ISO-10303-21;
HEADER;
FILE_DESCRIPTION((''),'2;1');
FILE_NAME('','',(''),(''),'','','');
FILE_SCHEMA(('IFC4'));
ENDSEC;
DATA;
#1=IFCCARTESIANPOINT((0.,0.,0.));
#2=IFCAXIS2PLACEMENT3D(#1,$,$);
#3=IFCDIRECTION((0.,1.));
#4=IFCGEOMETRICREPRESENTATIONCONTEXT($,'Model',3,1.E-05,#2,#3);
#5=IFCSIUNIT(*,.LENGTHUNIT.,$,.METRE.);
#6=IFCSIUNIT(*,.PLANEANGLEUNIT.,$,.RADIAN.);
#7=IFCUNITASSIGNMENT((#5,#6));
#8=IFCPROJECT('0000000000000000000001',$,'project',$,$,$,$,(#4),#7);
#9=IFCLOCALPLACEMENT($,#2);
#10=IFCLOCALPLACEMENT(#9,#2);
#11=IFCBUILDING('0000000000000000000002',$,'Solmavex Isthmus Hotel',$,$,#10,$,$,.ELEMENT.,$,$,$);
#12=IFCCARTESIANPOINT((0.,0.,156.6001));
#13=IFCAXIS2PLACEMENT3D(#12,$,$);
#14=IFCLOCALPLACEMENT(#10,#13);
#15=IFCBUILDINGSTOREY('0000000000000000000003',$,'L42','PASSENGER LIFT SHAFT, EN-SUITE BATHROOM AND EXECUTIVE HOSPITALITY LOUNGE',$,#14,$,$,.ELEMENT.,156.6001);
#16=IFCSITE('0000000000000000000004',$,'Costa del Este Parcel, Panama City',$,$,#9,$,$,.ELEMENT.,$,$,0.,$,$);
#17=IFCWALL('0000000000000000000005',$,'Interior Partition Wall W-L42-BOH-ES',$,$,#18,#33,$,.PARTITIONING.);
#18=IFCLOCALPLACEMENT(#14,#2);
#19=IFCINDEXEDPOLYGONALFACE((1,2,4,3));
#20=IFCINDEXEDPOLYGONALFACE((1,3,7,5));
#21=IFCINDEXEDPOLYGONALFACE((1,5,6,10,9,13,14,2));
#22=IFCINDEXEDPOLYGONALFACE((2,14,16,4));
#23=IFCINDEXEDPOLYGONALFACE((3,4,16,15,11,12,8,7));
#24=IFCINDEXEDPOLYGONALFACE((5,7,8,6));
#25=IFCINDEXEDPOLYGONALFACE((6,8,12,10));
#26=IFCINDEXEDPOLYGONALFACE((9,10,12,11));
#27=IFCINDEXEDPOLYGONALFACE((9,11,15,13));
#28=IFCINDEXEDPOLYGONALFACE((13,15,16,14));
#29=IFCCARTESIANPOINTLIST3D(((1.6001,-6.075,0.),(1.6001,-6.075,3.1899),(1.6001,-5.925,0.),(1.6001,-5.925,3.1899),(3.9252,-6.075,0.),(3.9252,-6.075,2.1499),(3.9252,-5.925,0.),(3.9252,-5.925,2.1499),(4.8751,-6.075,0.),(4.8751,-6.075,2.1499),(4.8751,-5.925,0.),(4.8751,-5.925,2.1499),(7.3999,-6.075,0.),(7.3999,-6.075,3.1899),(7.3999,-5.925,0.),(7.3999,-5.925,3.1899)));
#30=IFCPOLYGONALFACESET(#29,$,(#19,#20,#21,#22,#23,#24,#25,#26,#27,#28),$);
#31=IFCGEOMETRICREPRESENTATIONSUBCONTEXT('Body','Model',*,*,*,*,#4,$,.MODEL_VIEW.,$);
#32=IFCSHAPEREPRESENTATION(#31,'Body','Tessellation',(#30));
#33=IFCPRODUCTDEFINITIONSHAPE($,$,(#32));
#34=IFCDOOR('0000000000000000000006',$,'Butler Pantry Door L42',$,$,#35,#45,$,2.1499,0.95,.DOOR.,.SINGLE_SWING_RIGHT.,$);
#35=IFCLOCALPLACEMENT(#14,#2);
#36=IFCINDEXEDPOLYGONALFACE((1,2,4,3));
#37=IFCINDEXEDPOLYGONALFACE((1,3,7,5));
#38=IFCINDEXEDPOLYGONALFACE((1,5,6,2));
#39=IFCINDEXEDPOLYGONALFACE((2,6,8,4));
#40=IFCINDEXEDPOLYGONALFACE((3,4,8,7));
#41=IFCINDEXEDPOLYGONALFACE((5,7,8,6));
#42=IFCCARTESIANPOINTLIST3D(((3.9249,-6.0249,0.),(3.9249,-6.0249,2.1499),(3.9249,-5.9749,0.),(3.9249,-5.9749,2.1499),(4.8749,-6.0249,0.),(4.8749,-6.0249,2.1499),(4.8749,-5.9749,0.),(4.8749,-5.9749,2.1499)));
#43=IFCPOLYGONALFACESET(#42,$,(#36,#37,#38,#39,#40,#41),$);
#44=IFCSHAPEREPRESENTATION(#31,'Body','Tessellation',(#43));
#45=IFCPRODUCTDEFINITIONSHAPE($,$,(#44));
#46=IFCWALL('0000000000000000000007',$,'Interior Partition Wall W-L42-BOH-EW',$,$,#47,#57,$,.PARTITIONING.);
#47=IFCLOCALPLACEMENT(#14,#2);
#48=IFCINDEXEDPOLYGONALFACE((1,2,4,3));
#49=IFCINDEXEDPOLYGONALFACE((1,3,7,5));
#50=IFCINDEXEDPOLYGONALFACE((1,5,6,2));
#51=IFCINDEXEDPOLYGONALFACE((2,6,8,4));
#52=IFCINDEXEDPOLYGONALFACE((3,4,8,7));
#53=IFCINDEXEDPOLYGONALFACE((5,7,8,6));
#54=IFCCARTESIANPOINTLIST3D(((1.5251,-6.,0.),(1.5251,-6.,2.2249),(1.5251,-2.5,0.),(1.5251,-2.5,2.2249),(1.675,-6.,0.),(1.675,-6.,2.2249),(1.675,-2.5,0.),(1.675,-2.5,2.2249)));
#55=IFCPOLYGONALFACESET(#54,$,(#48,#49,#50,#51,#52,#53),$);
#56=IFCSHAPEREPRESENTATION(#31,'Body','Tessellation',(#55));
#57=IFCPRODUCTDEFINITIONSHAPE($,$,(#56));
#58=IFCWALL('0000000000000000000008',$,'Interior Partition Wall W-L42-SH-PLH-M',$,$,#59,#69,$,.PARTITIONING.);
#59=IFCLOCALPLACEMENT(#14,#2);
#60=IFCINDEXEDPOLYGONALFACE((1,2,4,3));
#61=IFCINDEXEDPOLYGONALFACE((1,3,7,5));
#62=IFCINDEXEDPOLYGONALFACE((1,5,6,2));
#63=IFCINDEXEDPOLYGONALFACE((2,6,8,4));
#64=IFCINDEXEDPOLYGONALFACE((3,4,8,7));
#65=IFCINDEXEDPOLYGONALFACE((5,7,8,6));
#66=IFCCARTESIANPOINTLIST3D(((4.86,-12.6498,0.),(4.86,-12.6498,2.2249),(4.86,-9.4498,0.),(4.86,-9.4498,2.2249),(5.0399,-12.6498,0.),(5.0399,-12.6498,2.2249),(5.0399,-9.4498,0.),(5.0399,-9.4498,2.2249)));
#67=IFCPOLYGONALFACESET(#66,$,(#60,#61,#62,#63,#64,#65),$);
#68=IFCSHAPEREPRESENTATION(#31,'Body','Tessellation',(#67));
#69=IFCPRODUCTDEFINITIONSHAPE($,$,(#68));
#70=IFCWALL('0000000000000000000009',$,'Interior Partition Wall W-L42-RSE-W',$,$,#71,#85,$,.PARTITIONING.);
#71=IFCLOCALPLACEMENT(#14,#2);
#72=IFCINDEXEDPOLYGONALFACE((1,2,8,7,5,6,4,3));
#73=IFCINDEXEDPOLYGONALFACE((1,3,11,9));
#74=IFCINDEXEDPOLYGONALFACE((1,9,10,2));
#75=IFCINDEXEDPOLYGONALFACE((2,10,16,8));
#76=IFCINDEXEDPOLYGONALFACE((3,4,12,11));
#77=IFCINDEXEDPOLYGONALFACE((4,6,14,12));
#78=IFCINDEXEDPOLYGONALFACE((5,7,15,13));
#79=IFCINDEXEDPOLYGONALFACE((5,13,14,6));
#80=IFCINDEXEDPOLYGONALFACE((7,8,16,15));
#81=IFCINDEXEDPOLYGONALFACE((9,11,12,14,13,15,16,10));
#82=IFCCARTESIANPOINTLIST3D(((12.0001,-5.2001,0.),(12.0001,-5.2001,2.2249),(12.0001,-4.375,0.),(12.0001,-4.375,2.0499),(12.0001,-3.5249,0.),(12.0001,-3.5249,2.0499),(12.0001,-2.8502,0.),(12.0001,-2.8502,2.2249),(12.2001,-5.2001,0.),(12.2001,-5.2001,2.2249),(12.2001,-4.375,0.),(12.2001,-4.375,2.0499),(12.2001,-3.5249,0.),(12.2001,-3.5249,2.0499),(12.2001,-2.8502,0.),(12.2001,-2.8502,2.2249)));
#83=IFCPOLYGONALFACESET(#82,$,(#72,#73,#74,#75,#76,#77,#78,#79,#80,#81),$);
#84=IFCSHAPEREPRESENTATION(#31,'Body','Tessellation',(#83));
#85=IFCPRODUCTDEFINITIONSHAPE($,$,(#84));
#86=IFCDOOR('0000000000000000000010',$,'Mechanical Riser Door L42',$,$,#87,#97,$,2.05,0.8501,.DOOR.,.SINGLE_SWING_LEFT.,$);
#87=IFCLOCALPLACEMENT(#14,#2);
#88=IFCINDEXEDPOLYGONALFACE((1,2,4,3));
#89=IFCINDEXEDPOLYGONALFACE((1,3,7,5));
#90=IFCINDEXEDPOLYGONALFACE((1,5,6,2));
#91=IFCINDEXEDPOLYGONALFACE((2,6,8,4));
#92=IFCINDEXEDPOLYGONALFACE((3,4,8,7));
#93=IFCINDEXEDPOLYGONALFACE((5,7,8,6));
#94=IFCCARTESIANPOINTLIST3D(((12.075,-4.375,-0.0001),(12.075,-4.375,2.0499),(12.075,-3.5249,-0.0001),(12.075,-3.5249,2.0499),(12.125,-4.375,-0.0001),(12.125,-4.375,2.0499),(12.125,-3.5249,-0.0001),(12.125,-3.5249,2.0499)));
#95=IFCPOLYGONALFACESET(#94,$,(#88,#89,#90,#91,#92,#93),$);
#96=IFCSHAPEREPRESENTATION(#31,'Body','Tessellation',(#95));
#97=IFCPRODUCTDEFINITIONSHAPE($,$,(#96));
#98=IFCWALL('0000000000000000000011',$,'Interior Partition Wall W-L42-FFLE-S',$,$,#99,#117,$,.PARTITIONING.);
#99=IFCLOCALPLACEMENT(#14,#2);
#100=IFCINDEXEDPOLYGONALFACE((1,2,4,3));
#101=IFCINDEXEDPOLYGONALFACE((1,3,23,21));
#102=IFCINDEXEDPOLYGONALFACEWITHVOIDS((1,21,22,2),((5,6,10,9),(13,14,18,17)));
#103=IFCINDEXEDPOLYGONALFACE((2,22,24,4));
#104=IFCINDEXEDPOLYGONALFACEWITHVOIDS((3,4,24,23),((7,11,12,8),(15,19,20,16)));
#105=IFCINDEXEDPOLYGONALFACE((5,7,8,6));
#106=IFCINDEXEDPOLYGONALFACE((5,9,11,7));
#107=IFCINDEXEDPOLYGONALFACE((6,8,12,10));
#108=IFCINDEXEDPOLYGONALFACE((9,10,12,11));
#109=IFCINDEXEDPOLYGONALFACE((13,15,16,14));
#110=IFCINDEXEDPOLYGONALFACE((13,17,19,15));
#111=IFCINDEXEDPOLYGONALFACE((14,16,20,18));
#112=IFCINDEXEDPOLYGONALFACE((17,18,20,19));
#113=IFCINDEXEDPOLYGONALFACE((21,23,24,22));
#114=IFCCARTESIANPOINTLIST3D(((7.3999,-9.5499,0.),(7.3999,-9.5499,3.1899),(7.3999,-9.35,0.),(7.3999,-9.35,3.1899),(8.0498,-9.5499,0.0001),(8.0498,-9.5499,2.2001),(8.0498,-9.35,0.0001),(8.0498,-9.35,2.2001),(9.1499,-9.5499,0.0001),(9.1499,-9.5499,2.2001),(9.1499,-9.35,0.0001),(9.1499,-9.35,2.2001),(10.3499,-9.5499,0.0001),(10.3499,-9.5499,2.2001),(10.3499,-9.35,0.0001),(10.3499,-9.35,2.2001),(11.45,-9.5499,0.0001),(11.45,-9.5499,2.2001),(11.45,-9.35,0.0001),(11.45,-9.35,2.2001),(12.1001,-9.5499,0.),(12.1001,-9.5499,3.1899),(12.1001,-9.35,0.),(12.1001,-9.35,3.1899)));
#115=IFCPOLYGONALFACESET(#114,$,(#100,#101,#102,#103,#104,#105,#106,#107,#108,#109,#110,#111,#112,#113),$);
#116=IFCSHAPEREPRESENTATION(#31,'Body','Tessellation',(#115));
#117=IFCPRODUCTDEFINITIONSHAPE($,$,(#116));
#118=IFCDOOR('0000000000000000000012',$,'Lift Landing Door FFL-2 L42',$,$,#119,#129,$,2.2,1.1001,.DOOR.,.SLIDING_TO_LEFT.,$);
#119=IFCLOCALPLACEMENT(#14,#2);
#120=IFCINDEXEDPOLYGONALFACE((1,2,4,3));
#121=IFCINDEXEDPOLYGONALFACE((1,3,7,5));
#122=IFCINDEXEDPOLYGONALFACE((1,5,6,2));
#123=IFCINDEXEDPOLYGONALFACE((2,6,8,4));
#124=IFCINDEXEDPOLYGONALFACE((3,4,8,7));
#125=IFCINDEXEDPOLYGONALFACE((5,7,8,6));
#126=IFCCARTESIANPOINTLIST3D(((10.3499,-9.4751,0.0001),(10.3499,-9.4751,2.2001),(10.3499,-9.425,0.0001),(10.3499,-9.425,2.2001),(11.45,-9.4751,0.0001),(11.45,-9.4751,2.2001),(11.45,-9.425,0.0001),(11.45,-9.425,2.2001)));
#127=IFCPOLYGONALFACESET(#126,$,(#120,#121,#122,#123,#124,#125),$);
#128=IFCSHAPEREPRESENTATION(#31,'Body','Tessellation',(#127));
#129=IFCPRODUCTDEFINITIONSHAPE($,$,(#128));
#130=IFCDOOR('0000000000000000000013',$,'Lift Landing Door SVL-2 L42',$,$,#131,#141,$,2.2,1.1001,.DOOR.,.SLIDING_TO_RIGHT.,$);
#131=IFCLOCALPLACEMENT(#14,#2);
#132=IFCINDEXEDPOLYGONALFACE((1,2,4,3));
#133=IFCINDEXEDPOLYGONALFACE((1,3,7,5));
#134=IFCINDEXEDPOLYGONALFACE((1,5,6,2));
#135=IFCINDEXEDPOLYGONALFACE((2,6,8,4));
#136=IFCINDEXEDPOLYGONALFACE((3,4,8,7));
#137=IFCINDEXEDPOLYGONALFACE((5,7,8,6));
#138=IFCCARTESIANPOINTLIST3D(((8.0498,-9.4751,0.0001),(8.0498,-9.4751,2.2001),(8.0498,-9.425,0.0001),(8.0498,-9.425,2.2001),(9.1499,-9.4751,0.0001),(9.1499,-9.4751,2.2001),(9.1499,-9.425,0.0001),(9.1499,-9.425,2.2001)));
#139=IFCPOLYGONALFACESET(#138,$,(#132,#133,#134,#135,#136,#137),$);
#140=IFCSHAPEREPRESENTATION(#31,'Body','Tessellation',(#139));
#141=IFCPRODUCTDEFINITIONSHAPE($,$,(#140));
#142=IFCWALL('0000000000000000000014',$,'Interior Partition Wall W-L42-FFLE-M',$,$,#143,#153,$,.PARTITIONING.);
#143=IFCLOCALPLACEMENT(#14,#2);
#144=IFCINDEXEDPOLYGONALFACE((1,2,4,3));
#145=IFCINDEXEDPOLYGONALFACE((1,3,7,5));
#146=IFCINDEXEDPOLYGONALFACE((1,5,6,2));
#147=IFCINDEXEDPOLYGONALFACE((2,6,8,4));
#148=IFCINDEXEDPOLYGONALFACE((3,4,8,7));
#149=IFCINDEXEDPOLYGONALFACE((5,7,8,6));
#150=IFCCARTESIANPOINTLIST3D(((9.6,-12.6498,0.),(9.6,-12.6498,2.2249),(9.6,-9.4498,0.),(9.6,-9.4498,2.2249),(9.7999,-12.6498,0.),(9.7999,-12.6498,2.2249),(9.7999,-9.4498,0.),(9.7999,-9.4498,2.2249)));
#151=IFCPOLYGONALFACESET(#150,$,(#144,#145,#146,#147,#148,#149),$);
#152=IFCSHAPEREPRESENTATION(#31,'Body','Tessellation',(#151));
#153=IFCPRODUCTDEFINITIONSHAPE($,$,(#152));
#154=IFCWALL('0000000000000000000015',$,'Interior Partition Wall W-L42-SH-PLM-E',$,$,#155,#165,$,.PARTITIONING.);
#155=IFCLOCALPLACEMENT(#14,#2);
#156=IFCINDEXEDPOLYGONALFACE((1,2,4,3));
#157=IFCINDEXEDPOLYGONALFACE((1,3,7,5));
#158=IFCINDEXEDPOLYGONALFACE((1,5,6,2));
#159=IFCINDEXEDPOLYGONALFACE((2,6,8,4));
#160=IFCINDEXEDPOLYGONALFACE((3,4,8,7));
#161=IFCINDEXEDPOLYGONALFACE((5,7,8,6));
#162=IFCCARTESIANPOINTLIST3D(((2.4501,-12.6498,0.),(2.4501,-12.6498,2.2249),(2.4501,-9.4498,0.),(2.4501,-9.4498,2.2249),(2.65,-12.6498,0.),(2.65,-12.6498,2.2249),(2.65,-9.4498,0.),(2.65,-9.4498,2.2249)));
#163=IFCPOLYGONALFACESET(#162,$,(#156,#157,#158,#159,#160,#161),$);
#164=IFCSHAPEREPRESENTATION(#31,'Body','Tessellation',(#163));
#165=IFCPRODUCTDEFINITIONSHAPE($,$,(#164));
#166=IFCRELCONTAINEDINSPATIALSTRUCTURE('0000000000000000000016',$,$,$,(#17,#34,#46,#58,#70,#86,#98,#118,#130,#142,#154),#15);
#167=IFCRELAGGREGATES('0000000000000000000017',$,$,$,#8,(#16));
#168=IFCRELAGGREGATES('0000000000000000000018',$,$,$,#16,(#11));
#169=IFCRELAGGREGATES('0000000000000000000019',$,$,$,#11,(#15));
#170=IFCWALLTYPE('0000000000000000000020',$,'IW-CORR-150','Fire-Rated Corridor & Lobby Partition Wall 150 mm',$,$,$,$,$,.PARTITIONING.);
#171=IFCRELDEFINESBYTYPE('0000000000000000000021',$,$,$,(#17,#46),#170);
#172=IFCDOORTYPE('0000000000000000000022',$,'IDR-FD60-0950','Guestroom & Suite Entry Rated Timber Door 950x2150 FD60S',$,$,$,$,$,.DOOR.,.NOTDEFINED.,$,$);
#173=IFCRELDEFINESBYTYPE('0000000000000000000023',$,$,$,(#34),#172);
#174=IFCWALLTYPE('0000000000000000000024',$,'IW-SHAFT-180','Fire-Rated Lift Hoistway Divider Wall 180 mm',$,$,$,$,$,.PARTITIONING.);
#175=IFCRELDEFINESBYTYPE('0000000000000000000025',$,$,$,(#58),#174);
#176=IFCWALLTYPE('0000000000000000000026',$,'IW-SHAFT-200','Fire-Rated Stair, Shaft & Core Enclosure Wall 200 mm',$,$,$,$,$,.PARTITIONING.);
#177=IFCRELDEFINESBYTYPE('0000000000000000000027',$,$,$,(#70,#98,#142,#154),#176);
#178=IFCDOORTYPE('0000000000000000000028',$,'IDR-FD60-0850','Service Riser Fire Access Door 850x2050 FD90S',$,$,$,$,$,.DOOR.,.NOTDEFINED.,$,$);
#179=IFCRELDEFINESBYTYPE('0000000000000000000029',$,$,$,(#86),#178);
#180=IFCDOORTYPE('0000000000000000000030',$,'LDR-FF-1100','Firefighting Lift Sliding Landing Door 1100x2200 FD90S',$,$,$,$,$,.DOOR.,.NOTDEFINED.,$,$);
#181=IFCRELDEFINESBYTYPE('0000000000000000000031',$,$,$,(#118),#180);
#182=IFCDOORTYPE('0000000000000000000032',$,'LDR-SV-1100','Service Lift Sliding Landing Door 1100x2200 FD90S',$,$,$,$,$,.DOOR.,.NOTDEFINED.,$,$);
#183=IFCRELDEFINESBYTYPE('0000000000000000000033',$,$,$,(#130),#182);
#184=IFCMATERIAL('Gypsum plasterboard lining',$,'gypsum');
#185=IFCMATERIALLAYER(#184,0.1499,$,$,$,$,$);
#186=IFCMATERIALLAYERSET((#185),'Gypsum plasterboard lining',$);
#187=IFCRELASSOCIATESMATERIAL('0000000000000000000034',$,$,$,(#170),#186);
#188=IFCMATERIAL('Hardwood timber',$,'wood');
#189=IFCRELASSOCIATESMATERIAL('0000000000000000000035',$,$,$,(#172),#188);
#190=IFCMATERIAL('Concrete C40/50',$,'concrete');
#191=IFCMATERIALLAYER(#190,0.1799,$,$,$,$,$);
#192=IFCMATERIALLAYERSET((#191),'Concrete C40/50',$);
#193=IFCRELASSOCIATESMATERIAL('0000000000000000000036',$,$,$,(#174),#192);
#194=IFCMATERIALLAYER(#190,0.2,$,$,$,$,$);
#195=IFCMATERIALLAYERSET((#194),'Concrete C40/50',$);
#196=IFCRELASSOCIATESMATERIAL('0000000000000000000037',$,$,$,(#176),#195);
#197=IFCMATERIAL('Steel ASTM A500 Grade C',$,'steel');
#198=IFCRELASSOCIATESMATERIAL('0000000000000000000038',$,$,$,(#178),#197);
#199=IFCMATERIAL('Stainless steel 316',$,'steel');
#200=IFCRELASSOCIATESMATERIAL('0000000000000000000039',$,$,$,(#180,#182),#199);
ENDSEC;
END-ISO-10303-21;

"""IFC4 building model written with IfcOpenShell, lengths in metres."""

from ifc_helpers import new_model, si_unit, direction, frame, frame_2d, origin, place, context, subcontext, project, spatial, rectangle, extrude, material, layer, layer_set, type_object, element, fill, save


model = new_model("IFC4")

# Units and contexts
model_context = context("Model", 3, precision=1e-05, world=origin(), true_north=direction((0.0, 1.0)))
body_context = subcontext(model_context, "Body", "Model", "MODEL_VIEW")
ifc_project = project(units=[si_unit("LENGTHUNIT", "METRE"), si_unit("PLANEANGLEUNIT", "RADIAN")], contexts=[model_context])

# Site, building, storey
site_placement = place(None, origin())
site = spatial("IfcSite", under=ifc_project, at=site_placement, Name="Costa del Este Parcel, Panama City", CompositionType="ELEMENT", RefElevation=0.0)
building_placement = place(site_placement, origin())
building = spatial("IfcBuilding", under=site, at=building_placement, Name="Solmavex Isthmus Hotel", CompositionType="ELEMENT")
storey_placement = place(building_placement, frame((0.0, 0.0, 156.6001)))
storey = spatial("IfcBuildingStorey", under=building, at=storey_placement, Name="L42", Description="PASSENGER LIFT SHAFT, EN-SUITE BATHROOM AND EXECUTIVE HOSPITALITY LOUNGE", CompositionType="ELEMENT", Elevation=156.6001)

# Wall, opening, door
ifc_material_1 = material(Name="Gypsum plasterboard lining", Category="gypsum")
ifc_layer_1 = layer(ifc_material_1, 0.1499)
ifc_layer_set_1 = layer_set([ifc_layer_1], Name="Gypsum plasterboard lining")
wall_type_1 = type_object("IfcWallType", Name="IW-CORR-150", Description="Fire-Rated Corridor & Lobby Partition Wall 150 mm", PredefinedType="PARTITIONING", material=ifc_layer_set_1)
wall_1_placement = place(storey_placement, frame((1.6001, -6.0, 0.0), z_axis=(0.0, 0.0, 1.0), x_axis=(1.0, 0.0, 0.0)))
wall_1 = element("IfcWall", 1, at=wall_1_placement, inside=storey, type_object=wall_type_1, Name="Interior Partition Wall W-L42-BOH-ES", PredefinedType="PARTITIONING", context=body_context, shape_type="SweptSolid", body=[
    extrude(rectangle(XDim=5.7998, YDim=0.1499, at=frame_2d((2.8999, 0.0))), origin(), (0.0, 0.0, 1.0), 3.1899),
])
opening_1_placement = place(wall_1_placement, frame((2.325, 0.0, 0.0)))
opening_1 = element("IfcOpeningElement", 2, at=opening_1_placement, cuts=wall_1, PredefinedType="OPENING", context=body_context, shape_type="SweptSolid", body=[
    extrude(rectangle(XDim=0.95, YDim=2.1499, at=frame_2d((0.4751, 1.075))), frame((0.0, 0.085, 0.0), z_axis=(0.0, -1.0, 0.0), x_axis=(1.0, 0.0, 0.0)), (0.0, 0.0, 1.0), 0.1699),
])
ifc_material_2 = material(Name="Hardwood timber", Category="wood")
door_type_1 = type_object("IfcDoorType", Name="IDR-FD60-0950", Description="Guestroom & Suite Entry Rated Timber Door 950x2150 FD60S", OperationType="NOTDEFINED", PredefinedType="DOOR", material=ifc_material_2)
door_1_placement = place(opening_1_placement, frame((0.95, 0.0, 0.0), z_axis=(0.0, 0.0, 1.0), x_axis=(-1.0, 0.0, 0.0)))
door_1 = element("IfcDoor", 3, at=door_1_placement, inside=storey, type_object=door_type_1, Name="Butler Pantry Door L42", OperationType="SINGLE_SWING_RIGHT", OverallHeight=2.1499, OverallWidth=0.95, PredefinedType="DOOR", context=body_context, shape_type="SweptSolid", body=[
    extrude(rectangle(XDim=0.95, YDim=2.1499, at=frame_2d((0.4751, 1.075))), frame((0.0, 0.0249, 0.0), z_axis=(0.0, -1.0, 0.0), x_axis=(1.0, 0.0, 0.0)), (0.0, 0.0, 1.0), 0.05),
])
fill(opening_1, door_1)

# Walls
wall_2_placement = place(storey_placement, frame((1.6001, -6.0, 0.0), z_axis=(0.0, 0.0, 1.0), x_axis=(0.0, 1.0, 0.0)))
element("IfcWall", 4, at=wall_2_placement, inside=storey, type_object=wall_type_1, Name="Interior Partition Wall W-L42-BOH-EW", PredefinedType="PARTITIONING", context=body_context, shape_type="SweptSolid", body=[
    extrude(rectangle(XDim=3.5, YDim=0.1499, at=frame_2d((1.75, 0.0))), origin(), (0.0, 0.0, 1.0), 2.2249),
])
ifc_material_3 = material(Name="Concrete C40/50", Category="concrete")
ifc_layer_2 = layer(ifc_material_3, 0.1799)
ifc_layer_set_2 = layer_set([ifc_layer_2], Name="Concrete C40/50")
wall_type_2 = type_object("IfcWallType", Name="IW-SHAFT-180", Description="Fire-Rated Lift Hoistway Divider Wall 180 mm", PredefinedType="PARTITIONING", material=ifc_layer_set_2)
wall_3_placement = place(storey_placement, frame((4.95, -12.6499, 0.0), z_axis=(0.0, 0.0, 1.0), x_axis=(0.0, 1.0, 0.0)))
element("IfcWall", 5, at=wall_3_placement, inside=storey, type_object=wall_type_2, Name="Interior Partition Wall W-L42-SH-PLH-M", PredefinedType="PARTITIONING", context=body_context, shape_type="SweptSolid", body=[
    extrude(rectangle(XDim=3.2, YDim=0.1799, at=frame_2d((1.6001, 0.0))), origin(), (0.0, 0.0, 1.0), 2.2249),
])

# Wall, opening, door
ifc_layer_3 = layer(ifc_material_3, 0.2)
ifc_layer_set_3 = layer_set([ifc_layer_3], Name="Concrete C40/50")
wall_type_3 = type_object("IfcWallType", Name="IW-SHAFT-200", Description="Fire-Rated Stair, Shaft & Core Enclosure Wall 200 mm", PredefinedType="PARTITIONING", material=ifc_layer_set_3)
wall_4_placement = place(storey_placement, frame((12.1001, -5.2, 0.0), z_axis=(0.0, 0.0, 1.0), x_axis=(0.0, 1.0, 0.0)))
wall_4 = element("IfcWall", 6, at=wall_4_placement, inside=storey, type_object=wall_type_3, Name="Interior Partition Wall W-L42-RSE-W", PredefinedType="PARTITIONING", context=body_context, shape_type="SweptSolid", body=[
    extrude(rectangle(XDim=2.3499, YDim=0.2, at=frame_2d((1.1748, 0.0))), origin(), (0.0, 0.0, 1.0), 2.2249),
])
opening_2_placement = place(wall_4_placement, frame((0.825, 0.0, 0.0)))
opening_2 = element("IfcOpeningElement", 7, at=opening_2_placement, cuts=wall_4, PredefinedType="OPENING", context=body_context, shape_type="SweptSolid", body=[
    extrude(rectangle(XDim=0.8501, YDim=2.05, at=frame_2d((0.425, 1.0249))), frame((0.0, 0.1099, 0.0), z_axis=(0.0, -1.0, 0.0), x_axis=(1.0, 0.0, 0.0)), (0.0, 0.0, 1.0), 0.22),
])
ifc_material_4 = material(Name="Steel ASTM A500 Grade C", Category="steel")
door_type_2 = type_object("IfcDoorType", Name="IDR-FD60-0850", Description="Service Riser Fire Access Door 850x2050 FD90S", OperationType="NOTDEFINED", PredefinedType="DOOR", material=ifc_material_4)
door_2_placement = place(opening_2_placement, frame((0.8501, 0.0, 0.0), z_axis=(0.0, 0.0, 1.0), x_axis=(-1.0, 0.0, 0.0)))
door_2 = element("IfcDoor", 8, at=door_2_placement, inside=storey, type_object=door_type_2, Name="Mechanical Riser Door L42", OperationType="SINGLE_SWING_LEFT", OverallHeight=2.05, OverallWidth=0.8501, PredefinedType="DOOR", context=body_context, shape_type="SweptSolid", body=[
    extrude(rectangle(XDim=0.8501, YDim=2.05, at=frame_2d((0.425, 1.0249))), frame((0.0, 0.0249, 0.0), z_axis=(0.0, -1.0, 0.0), x_axis=(1.0, 0.0, 0.0)), (0.0, 0.0, 1.0), 0.05),
])
fill(opening_2, door_2)

# Wall, openings, doors
wall_5_placement = place(storey_placement, frame((7.3999, -9.45, 0.0), z_axis=(0.0, 0.0, 1.0), x_axis=(1.0, 0.0, 0.0)))
wall_5 = element("IfcWall", 9, at=wall_5_placement, inside=storey, type_object=wall_type_3, Name="Interior Partition Wall W-L42-FFLE-S", PredefinedType="PARTITIONING", context=body_context, shape_type="SweptSolid", body=[
    extrude(rectangle(XDim=4.7002, YDim=0.2, at=frame_2d((2.3501, 0.0))), origin(), (0.0, 0.0, 1.0), 3.1899),
])
opening_3_placement = place(wall_5_placement, frame((2.95, 0.0, 0.0)))
opening_3 = element("IfcOpeningElement", 10, at=opening_3_placement, cuts=wall_5, PredefinedType="OPENING", context=body_context, shape_type="SweptSolid", body=[
    extrude(rectangle(XDim=1.1001, YDim=2.2, at=frame_2d((0.55, 1.1001))), frame((0.0, 0.1099, 0.0), z_axis=(0.0, -1.0, 0.0), x_axis=(1.0, 0.0, 0.0)), (0.0, 0.0, 1.0), 0.22),
])
opening_4_placement = place(wall_5_placement, frame((0.6499, 0.0, 0.0)))
opening_4 = element("IfcOpeningElement", 11, at=opening_4_placement, cuts=wall_5, PredefinedType="OPENING", context=body_context, shape_type="SweptSolid", body=[
    extrude(rectangle(XDim=1.1001, YDim=2.2, at=frame_2d((0.55, 1.1001))), frame((0.0, 0.1099, 0.0), z_axis=(0.0, -1.0, 0.0), x_axis=(1.0, 0.0, 0.0)), (0.0, 0.0, 1.0), 0.22),
])
ifc_material_5 = material(Name="Stainless steel 316", Category="steel")
door_type_3 = type_object("IfcDoorType", Name="LDR-FF-1100", Description="Firefighting Lift Sliding Landing Door 1100x2200 FD90S", OperationType="NOTDEFINED", PredefinedType="DOOR", material=ifc_material_5)
door_3_placement = place(opening_3_placement, origin())
door_3 = element("IfcDoor", 12, at=door_3_placement, inside=storey, type_object=door_type_3, Name="Lift Landing Door FFL-2 L42", OperationType="SLIDING_TO_LEFT", OverallHeight=2.2, OverallWidth=1.1001, PredefinedType="DOOR", context=body_context, shape_type="SweptSolid", body=[
    extrude(rectangle(XDim=1.1001, YDim=2.2, at=frame_2d((0.55, 1.1001))), frame((0.0, 0.0249, 0.0), z_axis=(0.0, -1.0, 0.0), x_axis=(1.0, 0.0, 0.0)), (0.0, 0.0, 1.0), 0.05),
])
fill(opening_3, door_3)
door_type_4 = type_object("IfcDoorType", Name="LDR-SV-1100", Description="Service Lift Sliding Landing Door 1100x2200 FD90S", OperationType="NOTDEFINED", PredefinedType="DOOR", material=ifc_material_5)
door_4_placement = place(opening_4_placement, origin())
door_4 = element("IfcDoor", 13, at=door_4_placement, inside=storey, type_object=door_type_4, Name="Lift Landing Door SVL-2 L42", OperationType="SLIDING_TO_RIGHT", OverallHeight=2.2, OverallWidth=1.1001, PredefinedType="DOOR", context=body_context, shape_type="SweptSolid", body=[
    extrude(rectangle(XDim=1.1001, YDim=2.2, at=frame_2d((0.55, 1.1001))), frame((0.0, 0.0249, 0.0), z_axis=(0.0, -1.0, 0.0), x_axis=(1.0, 0.0, 0.0)), (0.0, 0.0, 1.0), 0.05),
])
fill(opening_4, door_4)

# Walls
for number, where, z_axis, x_axis, name in (
    (14, (9.7, -12.6499, 0.0), (0.0, 0.0, 1.0), (0.0, 1.0, 0.0), "Interior Partition Wall W-L42-FFLE-M"),
    (15, (2.55, -12.6499, 0.0), (0.0, 0.0, 1.0), (0.0, 1.0, 0.0), "Interior Partition Wall W-L42-SH-PLM-E"),
):
    element("IfcWall", number, at=place(storey_placement, frame(where, z_axis=z_axis, x_axis=x_axis)), inside=storey, type_object=wall_type_3, Name=name, PredefinedType="PARTITIONING", context=body_context, shape_type="SweptSolid", body=[
        extrude(rectangle(XDim=3.2, YDim=0.2, at=frame_2d((1.6001, 0.0))), origin(), (0.0, 0.0, 1.0), 2.2249),
    ])

save(model, "model.ifc")
